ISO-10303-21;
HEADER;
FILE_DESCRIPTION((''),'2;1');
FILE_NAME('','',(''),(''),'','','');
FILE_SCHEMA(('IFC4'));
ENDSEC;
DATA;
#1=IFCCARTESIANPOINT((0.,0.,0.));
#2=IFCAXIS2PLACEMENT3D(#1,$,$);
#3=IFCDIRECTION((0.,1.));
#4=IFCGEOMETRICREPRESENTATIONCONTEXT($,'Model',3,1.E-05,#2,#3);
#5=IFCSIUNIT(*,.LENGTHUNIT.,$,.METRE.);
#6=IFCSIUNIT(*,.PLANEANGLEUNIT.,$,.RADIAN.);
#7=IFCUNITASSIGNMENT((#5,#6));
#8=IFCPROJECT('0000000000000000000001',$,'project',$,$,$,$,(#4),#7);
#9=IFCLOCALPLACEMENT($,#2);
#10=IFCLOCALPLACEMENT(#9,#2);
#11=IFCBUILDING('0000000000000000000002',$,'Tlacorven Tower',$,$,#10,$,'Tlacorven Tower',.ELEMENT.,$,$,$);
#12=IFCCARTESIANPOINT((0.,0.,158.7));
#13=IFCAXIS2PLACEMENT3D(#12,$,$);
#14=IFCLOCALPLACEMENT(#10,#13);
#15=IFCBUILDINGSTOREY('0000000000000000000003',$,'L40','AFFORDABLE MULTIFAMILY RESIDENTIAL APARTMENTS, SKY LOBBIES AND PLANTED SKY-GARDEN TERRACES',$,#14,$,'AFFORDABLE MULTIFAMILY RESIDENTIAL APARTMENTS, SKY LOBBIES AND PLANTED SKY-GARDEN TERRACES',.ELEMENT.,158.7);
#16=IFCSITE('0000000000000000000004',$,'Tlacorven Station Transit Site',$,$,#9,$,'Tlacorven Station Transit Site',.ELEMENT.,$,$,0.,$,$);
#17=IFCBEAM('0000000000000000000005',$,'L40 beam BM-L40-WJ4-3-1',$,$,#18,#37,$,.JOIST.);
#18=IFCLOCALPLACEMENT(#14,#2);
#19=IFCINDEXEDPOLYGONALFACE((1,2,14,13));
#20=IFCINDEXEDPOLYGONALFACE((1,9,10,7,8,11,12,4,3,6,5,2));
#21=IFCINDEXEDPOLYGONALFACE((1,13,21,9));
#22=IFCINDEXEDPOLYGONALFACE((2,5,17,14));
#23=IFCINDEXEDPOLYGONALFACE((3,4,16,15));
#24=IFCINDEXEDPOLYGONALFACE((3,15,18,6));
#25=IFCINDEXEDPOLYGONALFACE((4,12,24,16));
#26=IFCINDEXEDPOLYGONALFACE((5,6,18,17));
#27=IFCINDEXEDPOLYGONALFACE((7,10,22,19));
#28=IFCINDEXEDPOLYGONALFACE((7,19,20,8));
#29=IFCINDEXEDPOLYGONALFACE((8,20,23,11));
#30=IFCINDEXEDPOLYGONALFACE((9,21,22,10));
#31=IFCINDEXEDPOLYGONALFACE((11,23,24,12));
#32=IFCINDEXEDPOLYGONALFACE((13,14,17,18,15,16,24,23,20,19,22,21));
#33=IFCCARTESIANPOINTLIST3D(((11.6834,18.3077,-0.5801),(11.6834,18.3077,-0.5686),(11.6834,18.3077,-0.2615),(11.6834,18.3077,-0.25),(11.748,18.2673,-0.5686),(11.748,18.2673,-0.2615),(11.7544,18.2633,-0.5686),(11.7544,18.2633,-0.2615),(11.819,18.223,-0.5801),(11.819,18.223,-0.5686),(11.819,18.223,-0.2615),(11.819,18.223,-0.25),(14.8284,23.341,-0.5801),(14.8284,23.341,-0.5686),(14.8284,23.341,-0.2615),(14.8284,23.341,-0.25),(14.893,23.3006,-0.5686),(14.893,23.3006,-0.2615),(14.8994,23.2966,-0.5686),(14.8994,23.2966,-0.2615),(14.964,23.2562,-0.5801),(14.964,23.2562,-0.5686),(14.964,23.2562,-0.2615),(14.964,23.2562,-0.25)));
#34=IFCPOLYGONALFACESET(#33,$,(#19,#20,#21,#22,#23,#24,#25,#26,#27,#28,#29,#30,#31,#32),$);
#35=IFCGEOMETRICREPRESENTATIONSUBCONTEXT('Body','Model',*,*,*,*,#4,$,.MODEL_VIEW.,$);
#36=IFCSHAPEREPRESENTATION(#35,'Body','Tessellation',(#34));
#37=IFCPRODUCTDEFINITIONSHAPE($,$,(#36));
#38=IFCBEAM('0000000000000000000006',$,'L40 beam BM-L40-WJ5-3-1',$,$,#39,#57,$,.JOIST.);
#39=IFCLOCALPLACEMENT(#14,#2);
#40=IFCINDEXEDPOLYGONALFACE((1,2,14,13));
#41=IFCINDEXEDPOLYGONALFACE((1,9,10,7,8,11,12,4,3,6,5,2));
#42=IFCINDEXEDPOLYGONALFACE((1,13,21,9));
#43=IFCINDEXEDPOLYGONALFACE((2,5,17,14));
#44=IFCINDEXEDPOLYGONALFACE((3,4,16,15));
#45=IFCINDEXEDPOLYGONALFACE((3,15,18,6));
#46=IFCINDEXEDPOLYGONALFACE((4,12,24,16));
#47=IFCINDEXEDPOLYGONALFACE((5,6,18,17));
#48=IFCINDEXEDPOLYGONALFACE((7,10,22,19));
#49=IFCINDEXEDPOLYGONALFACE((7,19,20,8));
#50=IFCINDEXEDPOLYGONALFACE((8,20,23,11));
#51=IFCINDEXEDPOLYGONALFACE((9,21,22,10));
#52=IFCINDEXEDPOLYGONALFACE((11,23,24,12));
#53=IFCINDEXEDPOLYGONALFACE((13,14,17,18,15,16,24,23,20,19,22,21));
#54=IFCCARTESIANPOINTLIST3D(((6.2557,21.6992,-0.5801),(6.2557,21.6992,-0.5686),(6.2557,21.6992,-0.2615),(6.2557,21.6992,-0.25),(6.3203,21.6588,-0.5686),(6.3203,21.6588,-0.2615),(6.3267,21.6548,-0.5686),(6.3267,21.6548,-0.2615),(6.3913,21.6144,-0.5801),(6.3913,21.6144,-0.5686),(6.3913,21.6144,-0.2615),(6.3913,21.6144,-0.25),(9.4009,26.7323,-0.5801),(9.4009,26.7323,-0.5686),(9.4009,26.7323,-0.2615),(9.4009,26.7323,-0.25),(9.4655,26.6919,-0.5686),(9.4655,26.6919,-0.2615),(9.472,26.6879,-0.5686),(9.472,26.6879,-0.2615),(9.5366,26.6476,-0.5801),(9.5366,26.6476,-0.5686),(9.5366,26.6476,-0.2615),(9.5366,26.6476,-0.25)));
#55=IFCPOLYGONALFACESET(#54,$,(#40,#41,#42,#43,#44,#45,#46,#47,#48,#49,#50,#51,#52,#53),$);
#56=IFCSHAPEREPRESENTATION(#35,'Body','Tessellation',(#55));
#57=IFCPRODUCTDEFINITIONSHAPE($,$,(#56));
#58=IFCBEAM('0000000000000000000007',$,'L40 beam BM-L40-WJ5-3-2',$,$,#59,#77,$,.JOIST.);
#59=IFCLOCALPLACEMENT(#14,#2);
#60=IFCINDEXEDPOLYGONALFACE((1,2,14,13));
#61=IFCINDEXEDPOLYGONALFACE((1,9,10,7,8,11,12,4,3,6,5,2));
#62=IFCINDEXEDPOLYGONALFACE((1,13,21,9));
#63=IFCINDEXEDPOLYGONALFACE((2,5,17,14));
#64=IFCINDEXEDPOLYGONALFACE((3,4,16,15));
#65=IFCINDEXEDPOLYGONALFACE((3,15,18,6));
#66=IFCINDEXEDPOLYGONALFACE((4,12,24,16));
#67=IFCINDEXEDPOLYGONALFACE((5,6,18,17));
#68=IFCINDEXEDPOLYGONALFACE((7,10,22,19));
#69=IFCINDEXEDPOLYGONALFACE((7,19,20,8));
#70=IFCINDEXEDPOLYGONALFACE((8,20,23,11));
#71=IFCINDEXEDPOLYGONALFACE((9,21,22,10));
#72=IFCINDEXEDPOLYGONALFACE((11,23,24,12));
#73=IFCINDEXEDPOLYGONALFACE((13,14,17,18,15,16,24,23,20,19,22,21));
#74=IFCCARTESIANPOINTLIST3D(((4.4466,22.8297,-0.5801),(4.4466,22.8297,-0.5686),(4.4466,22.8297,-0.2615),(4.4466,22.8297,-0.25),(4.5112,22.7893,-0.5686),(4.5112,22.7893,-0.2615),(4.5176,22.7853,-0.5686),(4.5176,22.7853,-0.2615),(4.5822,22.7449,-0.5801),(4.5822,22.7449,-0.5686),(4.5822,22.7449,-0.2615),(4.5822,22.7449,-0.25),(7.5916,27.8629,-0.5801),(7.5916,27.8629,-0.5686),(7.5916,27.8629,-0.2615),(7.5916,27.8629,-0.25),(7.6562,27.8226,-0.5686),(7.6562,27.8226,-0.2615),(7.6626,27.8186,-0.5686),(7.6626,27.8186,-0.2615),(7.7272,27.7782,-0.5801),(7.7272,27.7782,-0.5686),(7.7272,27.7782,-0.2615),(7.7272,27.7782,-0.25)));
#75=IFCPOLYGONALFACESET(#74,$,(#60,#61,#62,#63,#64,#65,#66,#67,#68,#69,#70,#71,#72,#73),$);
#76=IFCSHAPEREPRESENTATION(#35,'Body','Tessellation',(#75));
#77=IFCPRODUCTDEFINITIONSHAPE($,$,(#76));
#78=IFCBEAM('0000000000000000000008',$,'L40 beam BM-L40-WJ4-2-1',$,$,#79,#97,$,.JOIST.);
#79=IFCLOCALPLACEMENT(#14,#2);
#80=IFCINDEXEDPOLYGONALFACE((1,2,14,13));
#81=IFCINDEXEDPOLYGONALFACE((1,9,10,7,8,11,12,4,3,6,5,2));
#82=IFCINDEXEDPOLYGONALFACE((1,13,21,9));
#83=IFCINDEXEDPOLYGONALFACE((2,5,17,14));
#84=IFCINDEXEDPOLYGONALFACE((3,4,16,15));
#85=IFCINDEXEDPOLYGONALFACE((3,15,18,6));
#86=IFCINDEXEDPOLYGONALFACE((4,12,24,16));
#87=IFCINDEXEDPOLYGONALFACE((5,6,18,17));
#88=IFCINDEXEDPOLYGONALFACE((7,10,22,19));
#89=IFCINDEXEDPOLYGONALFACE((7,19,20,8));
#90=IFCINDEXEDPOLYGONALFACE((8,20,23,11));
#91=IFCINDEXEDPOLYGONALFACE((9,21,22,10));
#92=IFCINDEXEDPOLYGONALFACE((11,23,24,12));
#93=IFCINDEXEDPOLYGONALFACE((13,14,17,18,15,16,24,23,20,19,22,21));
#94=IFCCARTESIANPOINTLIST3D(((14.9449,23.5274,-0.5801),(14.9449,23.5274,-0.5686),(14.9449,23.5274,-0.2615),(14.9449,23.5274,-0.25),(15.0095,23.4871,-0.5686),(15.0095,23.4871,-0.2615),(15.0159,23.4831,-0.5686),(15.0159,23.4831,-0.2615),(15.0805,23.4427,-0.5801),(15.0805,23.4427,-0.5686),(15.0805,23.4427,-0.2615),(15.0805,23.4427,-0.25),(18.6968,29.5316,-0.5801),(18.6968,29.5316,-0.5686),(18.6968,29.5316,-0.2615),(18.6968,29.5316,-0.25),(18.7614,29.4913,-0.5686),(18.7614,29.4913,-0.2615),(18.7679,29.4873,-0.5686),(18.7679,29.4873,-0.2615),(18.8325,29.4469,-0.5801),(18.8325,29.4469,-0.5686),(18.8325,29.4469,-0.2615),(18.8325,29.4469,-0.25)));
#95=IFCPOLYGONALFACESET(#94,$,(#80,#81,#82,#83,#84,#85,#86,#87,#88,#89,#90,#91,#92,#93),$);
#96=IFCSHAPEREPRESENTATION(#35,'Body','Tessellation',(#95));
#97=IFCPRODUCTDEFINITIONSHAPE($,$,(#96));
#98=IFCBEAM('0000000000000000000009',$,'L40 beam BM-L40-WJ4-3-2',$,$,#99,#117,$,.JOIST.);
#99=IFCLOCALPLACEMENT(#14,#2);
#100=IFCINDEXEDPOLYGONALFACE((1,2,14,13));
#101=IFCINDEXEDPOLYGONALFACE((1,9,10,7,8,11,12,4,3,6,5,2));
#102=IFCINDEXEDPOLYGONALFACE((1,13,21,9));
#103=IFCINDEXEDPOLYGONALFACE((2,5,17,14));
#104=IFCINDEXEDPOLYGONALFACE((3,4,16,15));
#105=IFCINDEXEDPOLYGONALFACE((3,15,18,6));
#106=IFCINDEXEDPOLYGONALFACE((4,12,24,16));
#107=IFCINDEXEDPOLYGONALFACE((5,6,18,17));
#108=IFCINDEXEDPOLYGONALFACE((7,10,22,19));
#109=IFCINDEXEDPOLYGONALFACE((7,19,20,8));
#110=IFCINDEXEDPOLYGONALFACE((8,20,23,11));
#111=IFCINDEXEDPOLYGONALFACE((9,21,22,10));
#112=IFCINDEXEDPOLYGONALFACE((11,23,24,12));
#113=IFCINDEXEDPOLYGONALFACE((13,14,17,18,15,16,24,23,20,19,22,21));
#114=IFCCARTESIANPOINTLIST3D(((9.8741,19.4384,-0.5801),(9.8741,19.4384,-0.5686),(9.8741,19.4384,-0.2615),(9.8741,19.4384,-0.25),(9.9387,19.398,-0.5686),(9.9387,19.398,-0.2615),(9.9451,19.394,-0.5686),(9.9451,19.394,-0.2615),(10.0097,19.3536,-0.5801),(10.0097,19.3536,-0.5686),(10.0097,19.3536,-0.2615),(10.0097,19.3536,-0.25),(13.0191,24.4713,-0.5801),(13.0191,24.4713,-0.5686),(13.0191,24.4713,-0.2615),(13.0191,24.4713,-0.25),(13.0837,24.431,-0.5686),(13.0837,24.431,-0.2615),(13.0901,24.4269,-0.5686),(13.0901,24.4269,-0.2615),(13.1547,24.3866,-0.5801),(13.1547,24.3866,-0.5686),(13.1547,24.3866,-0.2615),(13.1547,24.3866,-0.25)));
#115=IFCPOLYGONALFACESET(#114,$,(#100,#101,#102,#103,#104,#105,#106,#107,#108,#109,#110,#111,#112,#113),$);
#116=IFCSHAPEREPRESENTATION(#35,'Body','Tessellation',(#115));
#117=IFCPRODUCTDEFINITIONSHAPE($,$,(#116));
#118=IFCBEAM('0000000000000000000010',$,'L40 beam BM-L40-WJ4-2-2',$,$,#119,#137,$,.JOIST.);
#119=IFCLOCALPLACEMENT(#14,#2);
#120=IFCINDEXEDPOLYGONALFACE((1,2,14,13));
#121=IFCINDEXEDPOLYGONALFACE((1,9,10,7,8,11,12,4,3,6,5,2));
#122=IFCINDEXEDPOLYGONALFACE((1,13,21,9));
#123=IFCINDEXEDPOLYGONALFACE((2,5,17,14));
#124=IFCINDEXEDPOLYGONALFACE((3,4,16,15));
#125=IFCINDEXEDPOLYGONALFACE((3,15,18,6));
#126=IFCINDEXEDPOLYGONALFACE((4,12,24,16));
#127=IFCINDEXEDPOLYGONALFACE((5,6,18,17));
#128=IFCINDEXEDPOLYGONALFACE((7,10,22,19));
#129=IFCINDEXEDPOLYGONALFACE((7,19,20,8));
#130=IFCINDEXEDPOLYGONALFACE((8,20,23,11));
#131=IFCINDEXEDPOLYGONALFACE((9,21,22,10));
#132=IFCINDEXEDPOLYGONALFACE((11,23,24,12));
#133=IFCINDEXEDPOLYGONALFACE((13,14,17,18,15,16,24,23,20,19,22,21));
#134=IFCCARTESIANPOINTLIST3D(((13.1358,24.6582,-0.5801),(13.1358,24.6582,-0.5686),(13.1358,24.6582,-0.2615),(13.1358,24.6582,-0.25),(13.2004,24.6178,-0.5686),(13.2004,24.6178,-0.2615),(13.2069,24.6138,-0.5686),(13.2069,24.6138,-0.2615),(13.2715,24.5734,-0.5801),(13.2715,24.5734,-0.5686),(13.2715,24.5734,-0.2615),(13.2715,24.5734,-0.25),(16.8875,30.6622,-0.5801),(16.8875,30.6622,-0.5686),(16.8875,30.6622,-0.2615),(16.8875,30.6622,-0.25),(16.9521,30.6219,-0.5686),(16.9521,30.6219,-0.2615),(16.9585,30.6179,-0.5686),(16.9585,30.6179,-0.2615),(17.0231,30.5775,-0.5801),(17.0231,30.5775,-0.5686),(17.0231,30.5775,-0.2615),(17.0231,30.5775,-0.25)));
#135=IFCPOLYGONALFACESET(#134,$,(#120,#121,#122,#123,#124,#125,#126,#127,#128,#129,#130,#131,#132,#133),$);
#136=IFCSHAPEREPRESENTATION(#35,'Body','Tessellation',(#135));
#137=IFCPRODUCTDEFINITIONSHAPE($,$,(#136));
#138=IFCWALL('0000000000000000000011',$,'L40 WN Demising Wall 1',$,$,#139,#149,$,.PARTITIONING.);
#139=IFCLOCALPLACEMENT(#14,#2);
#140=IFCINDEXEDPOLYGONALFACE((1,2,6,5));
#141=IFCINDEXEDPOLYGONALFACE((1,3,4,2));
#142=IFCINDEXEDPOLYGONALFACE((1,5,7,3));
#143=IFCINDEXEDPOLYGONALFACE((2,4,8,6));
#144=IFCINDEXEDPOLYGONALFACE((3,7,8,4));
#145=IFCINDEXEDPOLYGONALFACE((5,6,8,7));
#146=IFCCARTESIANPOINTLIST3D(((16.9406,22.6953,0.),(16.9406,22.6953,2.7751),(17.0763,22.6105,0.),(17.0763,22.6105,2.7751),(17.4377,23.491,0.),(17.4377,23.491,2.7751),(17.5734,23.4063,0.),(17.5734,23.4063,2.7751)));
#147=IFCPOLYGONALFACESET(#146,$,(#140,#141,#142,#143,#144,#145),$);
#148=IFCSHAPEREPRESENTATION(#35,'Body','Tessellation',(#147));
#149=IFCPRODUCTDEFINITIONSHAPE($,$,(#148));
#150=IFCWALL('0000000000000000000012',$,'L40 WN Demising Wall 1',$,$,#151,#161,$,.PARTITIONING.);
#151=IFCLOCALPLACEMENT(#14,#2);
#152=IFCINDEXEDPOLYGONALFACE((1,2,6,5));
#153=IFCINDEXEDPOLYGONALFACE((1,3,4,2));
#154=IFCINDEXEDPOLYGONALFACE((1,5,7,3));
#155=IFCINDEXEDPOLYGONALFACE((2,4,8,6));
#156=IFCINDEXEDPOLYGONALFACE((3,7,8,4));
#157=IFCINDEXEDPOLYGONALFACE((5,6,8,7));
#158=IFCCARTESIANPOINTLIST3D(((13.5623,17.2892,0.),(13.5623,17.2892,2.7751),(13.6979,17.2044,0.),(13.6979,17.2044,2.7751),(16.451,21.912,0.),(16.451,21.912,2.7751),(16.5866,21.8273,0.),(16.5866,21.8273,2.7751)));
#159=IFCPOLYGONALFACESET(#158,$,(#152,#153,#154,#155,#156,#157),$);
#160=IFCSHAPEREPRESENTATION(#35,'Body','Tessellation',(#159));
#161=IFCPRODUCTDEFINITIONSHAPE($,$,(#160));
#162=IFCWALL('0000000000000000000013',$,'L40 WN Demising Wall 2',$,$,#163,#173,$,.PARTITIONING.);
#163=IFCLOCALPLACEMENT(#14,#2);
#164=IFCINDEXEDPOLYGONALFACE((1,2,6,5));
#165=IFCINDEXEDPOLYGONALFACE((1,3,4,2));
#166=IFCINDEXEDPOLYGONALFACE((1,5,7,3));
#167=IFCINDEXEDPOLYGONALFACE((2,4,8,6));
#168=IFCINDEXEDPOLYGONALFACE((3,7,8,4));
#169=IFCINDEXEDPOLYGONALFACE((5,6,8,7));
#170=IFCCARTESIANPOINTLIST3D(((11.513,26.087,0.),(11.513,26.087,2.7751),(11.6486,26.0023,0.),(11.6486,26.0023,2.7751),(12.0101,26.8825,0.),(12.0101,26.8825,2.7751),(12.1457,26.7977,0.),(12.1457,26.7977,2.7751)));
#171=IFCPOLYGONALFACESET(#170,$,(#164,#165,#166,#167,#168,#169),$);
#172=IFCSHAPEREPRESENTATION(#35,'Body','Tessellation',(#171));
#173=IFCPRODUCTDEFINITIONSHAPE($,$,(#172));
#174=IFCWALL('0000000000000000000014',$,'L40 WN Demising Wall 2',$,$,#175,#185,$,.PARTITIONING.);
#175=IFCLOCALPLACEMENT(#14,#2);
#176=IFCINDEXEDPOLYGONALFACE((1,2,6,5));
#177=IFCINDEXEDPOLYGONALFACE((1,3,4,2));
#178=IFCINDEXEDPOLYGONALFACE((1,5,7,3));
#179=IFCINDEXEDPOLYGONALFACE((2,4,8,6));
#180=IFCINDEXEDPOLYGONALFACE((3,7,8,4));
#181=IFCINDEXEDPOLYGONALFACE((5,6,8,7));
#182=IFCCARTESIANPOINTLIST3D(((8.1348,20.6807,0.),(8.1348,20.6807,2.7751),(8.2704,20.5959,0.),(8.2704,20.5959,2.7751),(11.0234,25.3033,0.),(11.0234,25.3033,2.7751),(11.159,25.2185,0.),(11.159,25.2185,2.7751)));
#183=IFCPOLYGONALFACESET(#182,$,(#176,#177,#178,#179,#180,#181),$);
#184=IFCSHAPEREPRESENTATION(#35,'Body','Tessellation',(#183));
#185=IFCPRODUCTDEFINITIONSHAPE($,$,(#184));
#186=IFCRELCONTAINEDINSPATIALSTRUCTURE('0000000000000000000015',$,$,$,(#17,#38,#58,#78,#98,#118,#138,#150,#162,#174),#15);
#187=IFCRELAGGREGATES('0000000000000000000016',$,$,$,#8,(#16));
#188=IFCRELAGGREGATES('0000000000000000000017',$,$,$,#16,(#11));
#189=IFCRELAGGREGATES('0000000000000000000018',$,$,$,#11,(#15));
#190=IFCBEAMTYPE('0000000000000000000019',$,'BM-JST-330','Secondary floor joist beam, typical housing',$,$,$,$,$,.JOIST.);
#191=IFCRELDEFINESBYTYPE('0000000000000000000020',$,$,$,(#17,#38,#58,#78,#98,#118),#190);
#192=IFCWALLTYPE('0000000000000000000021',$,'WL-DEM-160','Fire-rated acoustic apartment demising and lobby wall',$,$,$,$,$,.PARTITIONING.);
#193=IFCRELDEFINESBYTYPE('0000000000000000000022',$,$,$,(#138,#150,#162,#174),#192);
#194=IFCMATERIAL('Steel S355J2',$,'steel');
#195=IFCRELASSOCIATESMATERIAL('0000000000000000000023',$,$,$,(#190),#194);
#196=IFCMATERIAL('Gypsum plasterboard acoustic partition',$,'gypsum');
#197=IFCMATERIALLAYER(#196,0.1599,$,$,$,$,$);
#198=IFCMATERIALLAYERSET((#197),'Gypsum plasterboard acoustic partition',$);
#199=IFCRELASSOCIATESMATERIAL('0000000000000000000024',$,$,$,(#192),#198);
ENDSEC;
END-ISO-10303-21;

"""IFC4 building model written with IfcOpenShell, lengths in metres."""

from ifc_helpers import new_model, si_unit, direction, frame, frame_2d, origin, origin_2d, place, context, subcontext, project, spatial, rectangle, i_section, extrude, source, transform, mapped, material, layer, layer_set, material_profile, profile_set, type_object, element, save


model = new_model("IFC4")

# Units and contexts
model_context = context("Model", 3, precision=1e-05, world=origin(), true_north=direction((0.0, 1.0)))
body_context = subcontext(model_context, "Body", "Model", "MODEL_VIEW")
ifc_project = project(units=[si_unit("LENGTHUNIT", "METRE"), si_unit("PLANEANGLEUNIT", "RADIAN")], contexts=[model_context])

# Site, building, storey
site_placement = place(None, origin())
site = spatial("IfcSite", under=ifc_project, at=site_placement, Name="Tlacorven Station Transit Site", LongName="Tlacorven Station Transit Site", CompositionType="ELEMENT", RefElevation=0.0)
building_placement = place(site_placement, origin())
building = spatial("IfcBuilding", under=site, at=building_placement, Name="Tlacorven Tower", LongName="Tlacorven Tower", CompositionType="ELEMENT")
storey_placement = place(building_placement, frame((0.0, 0.0, 158.7)))
storey = spatial("IfcBuildingStorey", under=building, at=storey_placement, Name="L40", Description="AFFORDABLE MULTIFAMILY RESIDENTIAL APARTMENTS, SKY LOBBIES AND PLANTED SKY-GARDEN TERRACES", LongName="AFFORDABLE MULTIFAMILY RESIDENTIAL APARTMENTS, SKY LOBBIES AND PLANTED SKY-GARDEN TERRACES", CompositionType="ELEMENT", Elevation=158.7)

# Beams
ifc_material_1 = material(Name="Steel S355J2", Category="steel")
ifc_material_profile_1 = material_profile(ifc_material_1, i_section(OverallWidth=0.1599, OverallDepth=0.3301, WebThickness=0.0076, FlangeThickness=0.0115, at=origin_2d()), Name="IPE 330")
ifc_profile_set_1 = profile_set([ifc_material_profile_1], Name="Steel S355J2")
beam_type_1 = type_object("IfcBeamType", Name="BM-JST-330", Description="Secondary floor joist beam, typical housing", PredefinedType="JOIST", material=ifc_profile_set_1)
shared_shape_1 = source(origin(), body_context, "Body", "SweptSolid", [
    extrude(i_section(OverallWidth=0.1599, OverallDepth=0.3301, WebThickness=0.0076, FlangeThickness=0.0115, at=origin_2d()), origin(), (0.0, 0.0, 1.0), 5.9351),
])
for number, where, z_axis, x_axis, name in (
    (1, (14.8962, 23.2986, -0.415), (-0.52991, -0.848054, 0.0), (0.848054, -0.52991, 0.0), "L40 beam BM-L40-WJ4-3-1"),
    (2, (9.4688, 26.6899, -0.415), (-0.52994, -0.848035, 0.0), (0.848035, -0.52994, 0.0), "L40 beam BM-L40-WJ5-3-1"),
    (3, (7.6594, 27.8206, -0.415), (-0.52991, -0.848054, 0.0), (0.848054, -0.52991, 0.0), "L40 beam BM-L40-WJ5-3-2"),
):
    element("IfcBeam", number, at=place(storey_placement, frame(where, z_axis=z_axis, x_axis=x_axis)), inside=storey, type_object=beam_type_1, Name=name, PredefinedType="JOIST", context=body_context, shape_type="MappedRepresentation", body=[
        mapped(shared_shape_1, transform((0.0, 0.0, 0.0), scale=1.0)),
    ])
shared_shape_2 = source(origin(), body_context, "Body", "SweptSolid", [
    extrude(i_section(OverallWidth=0.1599, OverallDepth=0.3301, WebThickness=0.0076, FlangeThickness=0.0115, at=origin_2d()), origin(), (0.0, 0.0, 1.0), 7.0801),
])
beam_1_placement = place(storey_placement, frame((18.7646, 29.4893, -0.415), z_axis=(-0.529934, -0.848039, 0.0), x_axis=(0.848039, -0.529934, 0.0)))
element("IfcBeam", 4, at=beam_1_placement, inside=storey, type_object=beam_type_1, Name="L40 beam BM-L40-WJ4-2-1", PredefinedType="JOIST", context=body_context, shape_type="MappedRepresentation", body=[
    mapped(shared_shape_2, transform((0.0, 0.0, 0.0), scale=1.0)),
])
shared_shape_3 = source(origin(), body_context, "Body", "SweptSolid", [
    extrude(i_section(OverallWidth=0.1599, OverallDepth=0.3301, WebThickness=0.0076, FlangeThickness=0.0115, at=origin_2d()), origin(), (0.0, 0.0, 1.0), 5.9348),
])
beam_2_placement = place(storey_placement, frame((13.0869, 24.429, -0.415), z_axis=(-0.529929, -0.848042, 0.0), x_axis=(0.848042, -0.529929, 0.0)))
element("IfcBeam", 5, at=beam_2_placement, inside=storey, type_object=beam_type_1, Name="L40 beam BM-L40-WJ4-3-2", PredefinedType="JOIST", context=body_context, shape_type="MappedRepresentation", body=[
    mapped(shared_shape_3, transform((0.0, 0.0, 0.0), scale=1.0)),
])
shared_shape_4 = source(origin(), body_context, "Body", "SweptSolid", [
    extrude(i_section(OverallWidth=0.1599, OverallDepth=0.3301, WebThickness=0.0076, FlangeThickness=0.0115, at=origin_2d()), origin(), (0.0, 0.0, 1.0), 7.0798),
])
beam_3_placement = place(storey_placement, frame((16.9553, 30.6199, -0.415), z_axis=(-0.529909, -0.848054, 0.0), x_axis=(0.848054, -0.529909, 0.0)))
element("IfcBeam", 6, at=beam_3_placement, inside=storey, type_object=beam_type_1, Name="L40 beam BM-L40-WJ4-2-2", PredefinedType="JOIST", context=body_context, shape_type="MappedRepresentation", body=[
    mapped(shared_shape_4, transform((0.0, 0.0, 0.0), scale=1.0)),
])

# Walls
ifc_material_2 = material(Name="Gypsum plasterboard acoustic partition", Category="gypsum")
ifc_layer_1 = layer(ifc_material_2, 0.1599)
ifc_layer_set_1 = layer_set([ifc_layer_1], Name="Gypsum plasterboard acoustic partition")
wall_type_1 = type_object("IfcWallType", Name="WL-DEM-160", Description="Fire-rated acoustic apartment demising and lobby wall", PredefinedType="PARTITIONING", material=ifc_layer_set_1)
wall_1_placement = place(storey_placement, frame((17.5056, 23.4487, 0.0), z_axis=(0.0, 0.0, 1.0), x_axis=(-0.529835, -0.848101, 0.0)))
element("IfcWall", 7, at=wall_1_placement, inside=storey, type_object=wall_type_1, Name="L40 WN Demising Wall 1", PredefinedType="PARTITIONING", context=body_context, shape_type="SweptSolid", body=[
    extrude(rectangle(XDim=0.9382, YDim=0.1599, at=frame_2d((0.4692, 0.0))), origin(), (0.0, 0.0, 1.0), 2.7751),
])
wall_2_placement = place(storey_placement, frame((16.5188, 21.8696, 0.0), z_axis=(0.0, 0.0, 1.0), x_axis=(-0.529922, -0.848046, 0.0)))
element("IfcWall", 8, at=wall_2_placement, inside=storey, type_object=wall_type_1, Name="L40 WN Demising Wall 1", PredefinedType="PARTITIONING", context=body_context, shape_type="SweptSolid", body=[
    extrude(rectangle(XDim=5.4512, YDim=0.1599, at=frame_2d((2.7256, 0.0))), origin(), (0.0, 0.0, 1.0), 2.7751),
])
wall_3_placement = place(storey_placement, frame((12.0779, 26.8401, 0.0), z_axis=(0.0, 0.0, 1.0), x_axis=(-0.529952, -0.848028, 0.0)))
element("IfcWall", 9, at=wall_3_placement, inside=storey, type_object=wall_type_1, Name="L40 WN Demising Wall 2", PredefinedType="PARTITIONING", context=body_context, shape_type="SweptSolid", body=[
    extrude(rectangle(XDim=0.938, YDim=0.1599, at=frame_2d((0.469, 0.0))), origin(), (0.0, 0.0, 1.0), 2.7751),
])
wall_4_placement = place(storey_placement, frame((11.0913, 25.261, 0.0), z_axis=(0.0, 0.0, 1.0), x_axis=(-0.529943, -0.848034, 0.0)))
element("IfcWall", 10, at=wall_4_placement, inside=storey, type_object=wall_type_1, Name="L40 WN Demising Wall 2", PredefinedType="PARTITIONING", context=body_context, shape_type="SweptSolid", body=[
    extrude(rectangle(XDim=5.4509, YDim=0.1599, at=frame_2d((2.7256, 0.0))), origin(), (0.0, 0.0, 1.0), 2.7751),
])

save(model, "model.ifc")
